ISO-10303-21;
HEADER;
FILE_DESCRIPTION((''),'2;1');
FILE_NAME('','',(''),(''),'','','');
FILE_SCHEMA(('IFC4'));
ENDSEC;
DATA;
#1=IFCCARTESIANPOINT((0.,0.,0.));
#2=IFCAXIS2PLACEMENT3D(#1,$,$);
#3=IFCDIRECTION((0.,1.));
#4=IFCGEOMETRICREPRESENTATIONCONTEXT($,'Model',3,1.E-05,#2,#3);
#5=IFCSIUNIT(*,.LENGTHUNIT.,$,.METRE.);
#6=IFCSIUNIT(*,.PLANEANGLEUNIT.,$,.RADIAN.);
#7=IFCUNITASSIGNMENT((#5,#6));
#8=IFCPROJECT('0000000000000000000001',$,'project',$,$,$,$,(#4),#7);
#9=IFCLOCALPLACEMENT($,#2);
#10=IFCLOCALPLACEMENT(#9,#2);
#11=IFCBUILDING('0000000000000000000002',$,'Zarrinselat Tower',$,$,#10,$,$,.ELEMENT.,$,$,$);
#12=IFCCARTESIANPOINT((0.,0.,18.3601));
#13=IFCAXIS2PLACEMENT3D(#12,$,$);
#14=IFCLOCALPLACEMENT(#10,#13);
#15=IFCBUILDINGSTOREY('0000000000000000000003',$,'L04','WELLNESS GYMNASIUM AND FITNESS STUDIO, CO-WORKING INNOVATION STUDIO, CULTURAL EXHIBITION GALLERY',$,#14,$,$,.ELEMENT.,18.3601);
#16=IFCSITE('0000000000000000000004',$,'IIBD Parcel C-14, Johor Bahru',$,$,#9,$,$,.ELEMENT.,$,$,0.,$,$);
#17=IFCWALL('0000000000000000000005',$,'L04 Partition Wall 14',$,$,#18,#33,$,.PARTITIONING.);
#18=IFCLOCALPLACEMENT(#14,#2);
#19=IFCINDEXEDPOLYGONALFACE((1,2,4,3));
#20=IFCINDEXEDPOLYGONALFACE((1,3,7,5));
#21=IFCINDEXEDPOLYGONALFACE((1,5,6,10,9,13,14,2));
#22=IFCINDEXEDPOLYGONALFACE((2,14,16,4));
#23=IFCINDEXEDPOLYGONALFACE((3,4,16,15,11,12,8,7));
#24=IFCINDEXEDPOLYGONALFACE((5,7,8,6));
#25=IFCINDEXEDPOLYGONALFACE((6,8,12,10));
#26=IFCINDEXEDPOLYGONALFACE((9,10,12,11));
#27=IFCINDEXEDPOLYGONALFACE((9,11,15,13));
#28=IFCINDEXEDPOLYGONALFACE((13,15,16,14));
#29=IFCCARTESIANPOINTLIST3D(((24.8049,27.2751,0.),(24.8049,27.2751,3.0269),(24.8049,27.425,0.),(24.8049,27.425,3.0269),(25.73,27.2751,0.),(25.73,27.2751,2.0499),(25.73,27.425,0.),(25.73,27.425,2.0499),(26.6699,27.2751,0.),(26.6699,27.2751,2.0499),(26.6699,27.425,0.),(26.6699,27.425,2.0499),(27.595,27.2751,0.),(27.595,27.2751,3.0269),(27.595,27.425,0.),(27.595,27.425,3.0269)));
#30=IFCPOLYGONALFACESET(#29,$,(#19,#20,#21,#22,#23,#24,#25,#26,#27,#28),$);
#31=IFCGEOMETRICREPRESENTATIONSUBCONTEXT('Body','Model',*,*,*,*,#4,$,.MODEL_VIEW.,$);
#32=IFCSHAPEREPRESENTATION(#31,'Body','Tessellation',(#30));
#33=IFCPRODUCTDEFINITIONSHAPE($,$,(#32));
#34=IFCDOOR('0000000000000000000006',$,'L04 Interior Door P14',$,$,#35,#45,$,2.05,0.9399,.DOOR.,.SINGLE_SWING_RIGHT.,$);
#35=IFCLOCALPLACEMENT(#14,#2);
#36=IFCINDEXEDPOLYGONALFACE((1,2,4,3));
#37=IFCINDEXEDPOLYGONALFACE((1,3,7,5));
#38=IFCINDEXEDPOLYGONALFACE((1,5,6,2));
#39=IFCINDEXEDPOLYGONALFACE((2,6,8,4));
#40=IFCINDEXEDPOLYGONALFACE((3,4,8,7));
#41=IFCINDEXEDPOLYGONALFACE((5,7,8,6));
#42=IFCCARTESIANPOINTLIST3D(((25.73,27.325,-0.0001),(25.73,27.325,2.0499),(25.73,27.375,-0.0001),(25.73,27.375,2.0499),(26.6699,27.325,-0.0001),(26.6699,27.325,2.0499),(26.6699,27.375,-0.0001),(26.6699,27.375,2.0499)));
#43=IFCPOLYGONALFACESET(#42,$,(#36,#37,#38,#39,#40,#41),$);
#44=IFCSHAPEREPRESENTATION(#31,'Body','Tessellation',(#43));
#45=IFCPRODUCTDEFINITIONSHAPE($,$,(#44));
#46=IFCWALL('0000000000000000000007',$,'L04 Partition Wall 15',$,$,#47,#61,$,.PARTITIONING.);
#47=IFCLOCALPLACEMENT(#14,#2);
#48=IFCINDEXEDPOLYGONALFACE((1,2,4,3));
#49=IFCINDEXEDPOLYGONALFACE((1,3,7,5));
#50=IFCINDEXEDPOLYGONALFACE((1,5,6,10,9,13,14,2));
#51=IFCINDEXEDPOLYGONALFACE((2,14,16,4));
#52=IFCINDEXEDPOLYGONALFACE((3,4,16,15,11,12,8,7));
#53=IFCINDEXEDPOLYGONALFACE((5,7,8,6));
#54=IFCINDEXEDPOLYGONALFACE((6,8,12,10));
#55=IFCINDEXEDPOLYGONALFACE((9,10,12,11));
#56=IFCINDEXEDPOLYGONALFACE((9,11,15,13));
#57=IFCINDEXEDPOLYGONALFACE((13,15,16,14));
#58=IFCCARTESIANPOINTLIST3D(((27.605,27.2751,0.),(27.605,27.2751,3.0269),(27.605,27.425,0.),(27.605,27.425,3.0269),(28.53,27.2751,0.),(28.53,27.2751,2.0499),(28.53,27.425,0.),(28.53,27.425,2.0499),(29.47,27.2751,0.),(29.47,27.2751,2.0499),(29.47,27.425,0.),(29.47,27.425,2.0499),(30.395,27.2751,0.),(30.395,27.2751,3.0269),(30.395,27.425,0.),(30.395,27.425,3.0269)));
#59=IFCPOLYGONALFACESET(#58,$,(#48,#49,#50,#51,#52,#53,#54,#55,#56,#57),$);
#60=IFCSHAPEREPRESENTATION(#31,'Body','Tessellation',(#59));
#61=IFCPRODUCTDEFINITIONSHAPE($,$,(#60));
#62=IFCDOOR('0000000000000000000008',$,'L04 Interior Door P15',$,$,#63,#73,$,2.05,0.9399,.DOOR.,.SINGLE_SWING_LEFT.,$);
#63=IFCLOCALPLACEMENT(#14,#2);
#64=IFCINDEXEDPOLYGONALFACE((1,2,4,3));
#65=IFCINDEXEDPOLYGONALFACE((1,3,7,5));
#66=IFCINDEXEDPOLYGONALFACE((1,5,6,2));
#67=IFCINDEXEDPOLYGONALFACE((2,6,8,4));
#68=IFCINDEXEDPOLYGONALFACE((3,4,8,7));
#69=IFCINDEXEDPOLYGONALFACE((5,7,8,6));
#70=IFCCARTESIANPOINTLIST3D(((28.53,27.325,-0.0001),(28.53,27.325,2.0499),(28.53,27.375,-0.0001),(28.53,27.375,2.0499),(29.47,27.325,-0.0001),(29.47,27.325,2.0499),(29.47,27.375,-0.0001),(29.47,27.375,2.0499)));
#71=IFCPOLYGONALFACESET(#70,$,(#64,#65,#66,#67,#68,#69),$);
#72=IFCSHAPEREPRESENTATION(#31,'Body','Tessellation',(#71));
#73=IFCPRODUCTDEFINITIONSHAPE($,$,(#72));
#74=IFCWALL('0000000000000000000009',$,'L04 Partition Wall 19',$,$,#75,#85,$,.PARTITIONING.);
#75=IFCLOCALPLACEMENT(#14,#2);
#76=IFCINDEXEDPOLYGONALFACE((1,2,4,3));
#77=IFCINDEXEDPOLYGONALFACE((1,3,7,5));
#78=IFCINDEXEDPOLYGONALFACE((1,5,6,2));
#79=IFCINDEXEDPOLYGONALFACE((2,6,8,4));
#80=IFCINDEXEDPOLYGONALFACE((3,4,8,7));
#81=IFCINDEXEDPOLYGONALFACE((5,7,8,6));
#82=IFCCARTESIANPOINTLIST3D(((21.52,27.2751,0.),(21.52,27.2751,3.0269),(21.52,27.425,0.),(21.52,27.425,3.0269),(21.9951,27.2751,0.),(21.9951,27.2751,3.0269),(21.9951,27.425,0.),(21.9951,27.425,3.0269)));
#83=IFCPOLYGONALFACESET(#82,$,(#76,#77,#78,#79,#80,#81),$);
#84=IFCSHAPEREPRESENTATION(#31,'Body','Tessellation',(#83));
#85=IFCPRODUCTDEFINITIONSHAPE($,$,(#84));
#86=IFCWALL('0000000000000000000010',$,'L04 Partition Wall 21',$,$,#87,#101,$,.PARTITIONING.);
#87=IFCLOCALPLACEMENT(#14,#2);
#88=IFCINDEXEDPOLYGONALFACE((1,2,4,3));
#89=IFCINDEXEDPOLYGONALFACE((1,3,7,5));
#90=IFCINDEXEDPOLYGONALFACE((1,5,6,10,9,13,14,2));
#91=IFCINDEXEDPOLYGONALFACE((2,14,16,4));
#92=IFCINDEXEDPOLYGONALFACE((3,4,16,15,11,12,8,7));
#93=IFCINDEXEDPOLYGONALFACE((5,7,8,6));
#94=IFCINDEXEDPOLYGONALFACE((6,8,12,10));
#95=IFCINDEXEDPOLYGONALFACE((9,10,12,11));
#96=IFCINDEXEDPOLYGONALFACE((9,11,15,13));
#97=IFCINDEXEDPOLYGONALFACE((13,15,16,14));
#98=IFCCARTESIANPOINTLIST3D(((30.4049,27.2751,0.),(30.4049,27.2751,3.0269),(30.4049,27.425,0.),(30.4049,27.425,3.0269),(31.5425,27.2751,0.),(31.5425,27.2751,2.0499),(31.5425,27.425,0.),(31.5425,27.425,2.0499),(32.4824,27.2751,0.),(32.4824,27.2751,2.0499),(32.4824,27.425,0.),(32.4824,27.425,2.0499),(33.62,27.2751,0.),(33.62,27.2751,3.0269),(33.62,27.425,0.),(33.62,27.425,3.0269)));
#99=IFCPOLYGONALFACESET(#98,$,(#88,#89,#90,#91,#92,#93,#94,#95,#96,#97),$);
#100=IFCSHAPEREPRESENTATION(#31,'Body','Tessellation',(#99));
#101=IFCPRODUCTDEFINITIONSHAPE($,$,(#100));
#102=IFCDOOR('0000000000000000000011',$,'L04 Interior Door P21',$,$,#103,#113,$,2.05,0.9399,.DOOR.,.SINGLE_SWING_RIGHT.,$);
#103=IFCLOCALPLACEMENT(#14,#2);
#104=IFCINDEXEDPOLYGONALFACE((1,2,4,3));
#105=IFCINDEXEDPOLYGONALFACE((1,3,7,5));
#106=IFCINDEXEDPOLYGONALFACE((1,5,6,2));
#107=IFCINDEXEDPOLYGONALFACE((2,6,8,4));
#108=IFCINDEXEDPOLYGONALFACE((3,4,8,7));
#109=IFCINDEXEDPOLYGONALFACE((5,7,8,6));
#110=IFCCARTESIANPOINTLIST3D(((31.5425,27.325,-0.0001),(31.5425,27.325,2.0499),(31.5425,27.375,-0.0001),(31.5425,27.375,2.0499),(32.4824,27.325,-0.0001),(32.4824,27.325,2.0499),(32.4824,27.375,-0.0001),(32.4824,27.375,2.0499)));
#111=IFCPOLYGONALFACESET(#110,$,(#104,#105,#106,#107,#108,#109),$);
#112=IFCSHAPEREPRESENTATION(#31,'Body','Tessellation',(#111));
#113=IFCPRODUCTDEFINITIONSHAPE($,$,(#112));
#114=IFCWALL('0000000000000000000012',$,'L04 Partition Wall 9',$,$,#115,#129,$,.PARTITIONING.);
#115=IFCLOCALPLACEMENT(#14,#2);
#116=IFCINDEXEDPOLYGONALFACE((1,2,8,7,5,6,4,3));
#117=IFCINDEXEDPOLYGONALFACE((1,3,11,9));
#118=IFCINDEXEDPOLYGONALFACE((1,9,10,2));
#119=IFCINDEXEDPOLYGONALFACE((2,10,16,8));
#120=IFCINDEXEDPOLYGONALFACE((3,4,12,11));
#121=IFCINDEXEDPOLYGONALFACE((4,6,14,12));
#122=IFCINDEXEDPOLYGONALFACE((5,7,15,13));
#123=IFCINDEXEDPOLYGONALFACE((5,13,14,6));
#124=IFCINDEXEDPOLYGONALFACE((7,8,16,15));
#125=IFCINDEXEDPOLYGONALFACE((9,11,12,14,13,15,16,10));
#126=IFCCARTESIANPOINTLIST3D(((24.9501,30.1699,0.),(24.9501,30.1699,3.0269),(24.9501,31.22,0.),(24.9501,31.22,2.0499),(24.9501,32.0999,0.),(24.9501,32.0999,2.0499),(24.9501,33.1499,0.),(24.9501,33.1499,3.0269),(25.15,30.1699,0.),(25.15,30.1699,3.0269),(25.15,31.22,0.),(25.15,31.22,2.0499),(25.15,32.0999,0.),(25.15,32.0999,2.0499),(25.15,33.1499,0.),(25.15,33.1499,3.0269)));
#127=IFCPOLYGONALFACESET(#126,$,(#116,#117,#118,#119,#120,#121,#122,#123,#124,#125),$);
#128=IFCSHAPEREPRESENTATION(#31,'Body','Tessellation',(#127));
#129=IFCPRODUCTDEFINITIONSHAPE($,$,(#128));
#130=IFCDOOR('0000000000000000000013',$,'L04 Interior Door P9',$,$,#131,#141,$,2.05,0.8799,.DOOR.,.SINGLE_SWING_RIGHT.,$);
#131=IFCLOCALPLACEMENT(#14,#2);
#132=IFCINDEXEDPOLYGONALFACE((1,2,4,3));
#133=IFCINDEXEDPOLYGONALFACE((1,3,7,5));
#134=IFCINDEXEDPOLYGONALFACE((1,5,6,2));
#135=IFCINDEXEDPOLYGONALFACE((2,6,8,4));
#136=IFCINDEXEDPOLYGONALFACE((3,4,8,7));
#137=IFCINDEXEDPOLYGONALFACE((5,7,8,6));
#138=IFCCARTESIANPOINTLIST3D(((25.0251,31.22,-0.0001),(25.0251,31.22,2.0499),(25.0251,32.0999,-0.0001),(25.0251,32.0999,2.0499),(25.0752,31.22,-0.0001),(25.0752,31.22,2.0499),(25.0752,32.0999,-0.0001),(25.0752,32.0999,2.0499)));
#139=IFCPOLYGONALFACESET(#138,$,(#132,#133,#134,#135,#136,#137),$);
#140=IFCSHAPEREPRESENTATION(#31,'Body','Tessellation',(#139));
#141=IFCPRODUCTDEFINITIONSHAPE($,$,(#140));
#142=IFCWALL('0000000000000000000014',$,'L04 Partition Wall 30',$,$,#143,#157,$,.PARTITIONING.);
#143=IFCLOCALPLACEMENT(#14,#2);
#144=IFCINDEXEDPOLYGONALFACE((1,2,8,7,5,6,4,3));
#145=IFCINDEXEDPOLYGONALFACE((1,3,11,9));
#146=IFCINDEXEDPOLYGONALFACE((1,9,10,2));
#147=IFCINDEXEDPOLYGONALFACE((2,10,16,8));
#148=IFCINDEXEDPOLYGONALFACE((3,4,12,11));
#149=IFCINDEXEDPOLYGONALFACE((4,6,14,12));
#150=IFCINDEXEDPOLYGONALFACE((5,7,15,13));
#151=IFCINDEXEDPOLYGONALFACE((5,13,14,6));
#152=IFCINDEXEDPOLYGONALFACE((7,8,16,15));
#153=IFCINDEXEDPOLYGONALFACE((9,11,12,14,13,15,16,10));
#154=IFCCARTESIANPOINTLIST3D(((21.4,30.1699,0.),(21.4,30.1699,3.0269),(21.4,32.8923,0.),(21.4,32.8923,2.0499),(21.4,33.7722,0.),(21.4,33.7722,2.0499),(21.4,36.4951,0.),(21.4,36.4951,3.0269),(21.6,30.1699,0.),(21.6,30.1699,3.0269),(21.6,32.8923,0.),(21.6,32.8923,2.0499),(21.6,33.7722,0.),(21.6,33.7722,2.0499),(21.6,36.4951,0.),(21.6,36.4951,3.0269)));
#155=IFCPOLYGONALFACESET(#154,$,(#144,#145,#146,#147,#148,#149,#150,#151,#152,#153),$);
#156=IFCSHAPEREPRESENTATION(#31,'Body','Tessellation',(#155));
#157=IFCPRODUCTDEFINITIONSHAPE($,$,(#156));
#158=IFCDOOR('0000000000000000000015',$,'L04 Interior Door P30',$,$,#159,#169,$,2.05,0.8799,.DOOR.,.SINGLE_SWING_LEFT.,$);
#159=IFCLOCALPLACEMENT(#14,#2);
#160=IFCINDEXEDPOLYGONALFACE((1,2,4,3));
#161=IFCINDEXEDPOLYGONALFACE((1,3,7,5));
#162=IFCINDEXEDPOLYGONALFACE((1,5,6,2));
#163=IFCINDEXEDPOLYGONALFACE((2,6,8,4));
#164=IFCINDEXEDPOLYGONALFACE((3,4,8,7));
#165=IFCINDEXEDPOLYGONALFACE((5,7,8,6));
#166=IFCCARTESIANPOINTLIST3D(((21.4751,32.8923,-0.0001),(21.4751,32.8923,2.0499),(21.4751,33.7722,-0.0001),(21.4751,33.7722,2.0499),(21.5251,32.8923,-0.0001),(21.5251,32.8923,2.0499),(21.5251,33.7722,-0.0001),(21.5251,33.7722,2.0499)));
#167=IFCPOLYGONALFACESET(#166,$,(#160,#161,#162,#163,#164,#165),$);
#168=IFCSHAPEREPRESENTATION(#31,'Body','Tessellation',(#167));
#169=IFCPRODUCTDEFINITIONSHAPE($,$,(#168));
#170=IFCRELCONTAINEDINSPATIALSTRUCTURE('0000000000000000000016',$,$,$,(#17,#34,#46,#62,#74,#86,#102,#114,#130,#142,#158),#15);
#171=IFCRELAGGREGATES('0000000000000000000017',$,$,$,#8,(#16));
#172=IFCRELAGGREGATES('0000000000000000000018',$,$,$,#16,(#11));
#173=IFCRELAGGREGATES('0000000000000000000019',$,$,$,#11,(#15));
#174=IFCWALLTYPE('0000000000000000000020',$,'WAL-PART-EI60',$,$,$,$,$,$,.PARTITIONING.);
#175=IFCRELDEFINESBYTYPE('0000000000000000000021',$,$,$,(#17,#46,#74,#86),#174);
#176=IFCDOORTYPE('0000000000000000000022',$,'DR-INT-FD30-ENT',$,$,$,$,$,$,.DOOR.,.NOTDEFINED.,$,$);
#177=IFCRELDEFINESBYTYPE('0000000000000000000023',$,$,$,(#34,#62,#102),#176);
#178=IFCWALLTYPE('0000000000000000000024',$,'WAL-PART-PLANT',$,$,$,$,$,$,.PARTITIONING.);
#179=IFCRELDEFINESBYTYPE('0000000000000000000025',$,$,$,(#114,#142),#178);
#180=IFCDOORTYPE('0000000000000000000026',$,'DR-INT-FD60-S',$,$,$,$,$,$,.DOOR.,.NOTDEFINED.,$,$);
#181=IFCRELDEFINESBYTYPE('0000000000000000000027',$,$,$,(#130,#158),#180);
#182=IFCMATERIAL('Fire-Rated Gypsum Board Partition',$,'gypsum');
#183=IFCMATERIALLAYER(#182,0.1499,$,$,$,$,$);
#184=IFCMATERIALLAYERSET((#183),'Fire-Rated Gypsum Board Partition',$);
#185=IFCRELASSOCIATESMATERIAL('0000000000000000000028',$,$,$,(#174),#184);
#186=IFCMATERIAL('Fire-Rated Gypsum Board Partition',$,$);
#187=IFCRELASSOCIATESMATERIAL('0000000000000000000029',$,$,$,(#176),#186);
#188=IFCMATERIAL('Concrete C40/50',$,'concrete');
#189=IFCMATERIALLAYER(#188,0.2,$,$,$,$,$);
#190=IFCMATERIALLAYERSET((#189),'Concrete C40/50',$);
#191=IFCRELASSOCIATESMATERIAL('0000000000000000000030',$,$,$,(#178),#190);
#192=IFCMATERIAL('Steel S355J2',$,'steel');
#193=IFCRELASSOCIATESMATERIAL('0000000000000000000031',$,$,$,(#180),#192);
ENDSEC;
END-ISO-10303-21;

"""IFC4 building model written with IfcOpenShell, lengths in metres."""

from ifc_helpers import new_model, si_unit, direction, frame, frame_2d, origin, place, context, subcontext, project, spatial, rectangle, extrude, material, layer, layer_set, type_object, element, fill, save


model = new_model("IFC4")

# Units and contexts
model_context = context("Model", 3, precision=1e-05, world=origin(), true_north=direction((0.0, 1.0)))
body_context = subcontext(model_context, "Body", "Model", "MODEL_VIEW")
ifc_project = project(units=[si_unit("LENGTHUNIT", "METRE"), si_unit("PLANEANGLEUNIT", "RADIAN")], contexts=[model_context])

# Site, building, storey
site_placement = place(None, origin())
site = spatial("IfcSite", under=ifc_project, at=site_placement, Name="IIBD Parcel C-14, Johor Bahru", CompositionType="ELEMENT", RefElevation=0.0)
building_placement = place(site_placement, origin())
building = spatial("IfcBuilding", under=site, at=building_placement, Name="Zarrinselat Tower", CompositionType="ELEMENT")
storey_placement = place(building_placement, frame((0.0, 0.0, 18.3601)))
storey = spatial("IfcBuildingStorey", under=building, at=storey_placement, Name="L04", Description="WELLNESS GYMNASIUM AND FITNESS STUDIO, CO-WORKING INNOVATION STUDIO, CULTURAL EXHIBITION GALLERY", CompositionType="ELEMENT", Elevation=18.3601)

# Shared definitions
ifc_material_1 = material(Name="Fire-Rated Gypsum Board Partition", Category="gypsum")
ifc_layer_1 = layer(ifc_material_1, 0.1499)
ifc_layer_set_1 = layer_set([ifc_layer_1], Name="Fire-Rated Gypsum Board Partition")
wall_type_1 = type_object("IfcWallType", Name="WAL-PART-EI60", PredefinedType="PARTITIONING", material=ifc_layer_set_1)
ifc_material_2 = material(Name="Fire-Rated Gypsum Board Partition")
door_type_1 = type_object("IfcDoorType", Name="DR-INT-FD30-ENT", OperationType="NOTDEFINED", PredefinedType="DOOR", material=ifc_material_2)

# Walls, openings, doors
wall_1_placement = place(storey_placement, frame((24.8049, 27.3501, 0.0), z_axis=(0.0, 0.0, 1.0), x_axis=(1.0, 0.0, 0.0)))
wall_1 = element("IfcWall", 1, at=wall_1_placement, inside=storey, type_object=wall_type_1, Name="L04 Partition Wall 14", PredefinedType="PARTITIONING", context=body_context, shape_type="SweptSolid", body=[
    extrude(rectangle(XDim=2.79, YDim=0.1499, at=frame_2d((1.395, 0.0))), origin(), (0.0, 0.0, 1.0), 3.0269),
])
opening_1_placement = place(wall_1_placement, frame((0.925, 0.0, 0.0)))
opening_1 = element("IfcOpeningElement", 2, at=opening_1_placement, cuts=wall_1, PredefinedType="OPENING", context=body_context, shape_type="SweptSolid", body=[
    extrude(rectangle(XDim=0.9399, YDim=2.05, at=frame_2d((0.47, 1.0249))), frame((0.0, 0.085, 0.0), z_axis=(0.0, -1.0, 0.0), x_axis=(1.0, 0.0, 0.0)), (0.0, 0.0, 1.0), 0.1699),
])
door_1_placement = place(opening_1_placement, origin())
door_1 = element("IfcDoor", 3, at=door_1_placement, inside=storey, type_object=door_type_1, Name="L04 Interior Door P14", OperationType="SINGLE_SWING_RIGHT", OverallHeight=2.05, OverallWidth=0.9399, PredefinedType="DOOR", context=body_context, shape_type="SweptSolid", body=[
    extrude(rectangle(XDim=0.9399, YDim=2.05, at=frame_2d((0.47, 1.0249))), frame((0.0, 0.0249, 0.0), z_axis=(0.0, -1.0, 0.0), x_axis=(1.0, 0.0, 0.0)), (0.0, 0.0, 1.0), 0.05),
])
fill(opening_1, door_1)
wall_2_placement = place(storey_placement, frame((27.605, 27.3501, 0.0), z_axis=(0.0, 0.0, 1.0), x_axis=(1.0, 0.0, 0.0)))
wall_2 = element("IfcWall", 4, at=wall_2_placement, inside=storey, type_object=wall_type_1, Name="L04 Partition Wall 15", PredefinedType="PARTITIONING", context=body_context, shape_type="SweptSolid", body=[
    extrude(rectangle(XDim=2.79, YDim=0.1499, at=frame_2d((1.395, 0.0))), origin(), (0.0, 0.0, 1.0), 3.0269),
])
opening_2_placement = place(wall_2_placement, frame((0.925, 0.0, 0.0)))
opening_2 = element("IfcOpeningElement", 5, at=opening_2_placement, cuts=wall_2, PredefinedType="OPENING", context=body_context, shape_type="SweptSolid", body=[
    extrude(rectangle(XDim=0.9399, YDim=2.05, at=frame_2d((0.47, 1.0249))), frame((0.0, 0.085, 0.0), z_axis=(0.0, -1.0, 0.0), x_axis=(1.0, 0.0, 0.0)), (0.0, 0.0, 1.0), 0.1699),
])
door_2_placement = place(opening_2_placement, origin())
door_2 = element("IfcDoor", 6, at=door_2_placement, inside=storey, type_object=door_type_1, Name="L04 Interior Door P15", OperationType="SINGLE_SWING_LEFT", OverallHeight=2.05, OverallWidth=0.9399, PredefinedType="DOOR", context=body_context, shape_type="SweptSolid", body=[
    extrude(rectangle(XDim=0.9399, YDim=2.05, at=frame_2d((0.47, 1.0249))), frame((0.0, 0.0249, 0.0), z_axis=(0.0, -1.0, 0.0), x_axis=(1.0, 0.0, 0.0)), (0.0, 0.0, 1.0), 0.05),
])
fill(opening_2, door_2)

# Wall
wall_3_placement = place(storey_placement, frame((21.52, 27.3501, 0.0), z_axis=(0.0, 0.0, 1.0), x_axis=(1.0, 0.0, 0.0)))
element("IfcWall", 7, at=wall_3_placement, inside=storey, type_object=wall_type_1, Name="L04 Partition Wall 19", PredefinedType="PARTITIONING", context=body_context, shape_type="SweptSolid", body=[
    extrude(rectangle(XDim=0.4751, YDim=0.1499, at=frame_2d((0.2375, 0.0))), origin(), (0.0, 0.0, 1.0), 3.0269),
])

# Walls, openings, doors
wall_4_placement = place(storey_placement, frame((30.405, 27.3501, 0.0), z_axis=(0.0, 0.0, 1.0), x_axis=(1.0, 0.0, 0.0)))
wall_4 = element("IfcWall", 8, at=wall_4_placement, inside=storey, type_object=wall_type_1, Name="L04 Partition Wall 21", PredefinedType="PARTITIONING", context=body_context, shape_type="SweptSolid", body=[
    extrude(rectangle(XDim=3.2151, YDim=0.1499, at=frame_2d((1.6074, 0.0))), origin(), (0.0, 0.0, 1.0), 3.0269),
])
opening_3_placement = place(wall_4_placement, frame((1.1375, 0.0, 0.0)))
opening_3 = element("IfcOpeningElement", 9, at=opening_3_placement, cuts=wall_4, PredefinedType="OPENING", context=body_context, shape_type="SweptSolid", body=[
    extrude(rectangle(XDim=0.9399, YDim=2.05, at=frame_2d((0.47, 1.0249))), frame((0.0, 0.085, 0.0), z_axis=(0.0, -1.0, 0.0), x_axis=(1.0, 0.0, 0.0)), (0.0, 0.0, 1.0), 0.1699),
])
door_3_placement = place(opening_3_placement, origin())
door_3 = element("IfcDoor", 10, at=door_3_placement, inside=storey, type_object=door_type_1, Name="L04 Interior Door P21", OperationType="SINGLE_SWING_RIGHT", OverallHeight=2.05, OverallWidth=0.9399, PredefinedType="DOOR", context=body_context, shape_type="SweptSolid", body=[
    extrude(rectangle(XDim=0.9399, YDim=2.05, at=frame_2d((0.47, 1.0249))), frame((0.0, 0.0249, 0.0), z_axis=(0.0, -1.0, 0.0), x_axis=(1.0, 0.0, 0.0)), (0.0, 0.0, 1.0), 0.05),
])
fill(opening_3, door_3)
ifc_material_3 = material(Name="Concrete C40/50", Category="concrete")
ifc_layer_2 = layer(ifc_material_3, 0.2)
ifc_layer_set_2 = layer_set([ifc_layer_2], Name="Concrete C40/50")
wall_type_2 = type_object("IfcWallType", Name="WAL-PART-PLANT", PredefinedType="PARTITIONING", material=ifc_layer_set_2)
wall_5_placement = place(storey_placement, frame((25.05, 30.1699, 0.0), z_axis=(0.0, 0.0, 1.0), x_axis=(0.0, 1.0, 0.0)))
wall_5 = element("IfcWall", 11, at=wall_5_placement, inside=storey, type_object=wall_type_2, Name="L04 Partition Wall 9", PredefinedType="PARTITIONING", context=body_context, shape_type="SweptSolid", body=[
    extrude(rectangle(XDim=2.98, YDim=0.2, at=frame_2d((1.49, 0.0))), origin(), (0.0, 0.0, 1.0), 3.0269),
])
opening_4_placement = place(wall_5_placement, frame((1.05, 0.0, 0.0)))
opening_4 = element("IfcOpeningElement", 12, at=opening_4_placement, cuts=wall_5, PredefinedType="OPENING", context=body_context, shape_type="SweptSolid", body=[
    extrude(rectangle(XDim=0.8799, YDim=2.05, at=frame_2d((0.4399, 1.0249))), frame((0.0, 0.1099, 0.0), z_axis=(0.0, -1.0, 0.0), x_axis=(1.0, 0.0, 0.0)), (0.0, 0.0, 1.0), 0.22),
])
ifc_material_4 = material(Name="Steel S355J2", Category="steel")
door_type_2 = type_object("IfcDoorType", Name="DR-INT-FD60-S", OperationType="NOTDEFINED", PredefinedType="DOOR", material=ifc_material_4)
door_4_placement = place(opening_4_placement, origin())
door_4 = element("IfcDoor", 13, at=door_4_placement, inside=storey, type_object=door_type_2, Name="L04 Interior Door P9", OperationType="SINGLE_SWING_RIGHT", OverallHeight=2.05, OverallWidth=0.8799, PredefinedType="DOOR", context=body_context, shape_type="SweptSolid", body=[
    extrude(rectangle(XDim=0.8799, YDim=2.05, at=frame_2d((0.4399, 1.0249))), frame((0.0, 0.0249, 0.0), z_axis=(0.0, -1.0, 0.0), x_axis=(1.0, 0.0, 0.0)), (0.0, 0.0, 1.0), 0.05),
])
fill(opening_4, door_4)
wall_6_placement = place(storey_placement, frame((21.5, 30.1699, 0.0), z_axis=(0.0, 0.0, 1.0), x_axis=(0.0, 1.0, 0.0)))
wall_6 = element("IfcWall", 14, at=wall_6_placement, inside=storey, type_object=wall_type_2, Name="L04 Partition Wall 30", PredefinedType="PARTITIONING", context=body_context, shape_type="SweptSolid", body=[
    extrude(rectangle(XDim=6.3252, YDim=0.2, at=frame_2d((3.1626, 0.0))), origin(), (0.0, 0.0, 1.0), 3.0269),
])
opening_5_placement = place(wall_6_placement, frame((2.7224, 0.0, 0.0)))
opening_5 = element("IfcOpeningElement", 15, at=opening_5_placement, cuts=wall_6, PredefinedType="OPENING", context=body_context, shape_type="SweptSolid", body=[
    extrude(rectangle(XDim=0.8799, YDim=2.05, at=frame_2d((0.4399, 1.0249))), frame((0.0, 0.1099, 0.0), z_axis=(0.0, -1.0, 0.0), x_axis=(1.0, 0.0, 0.0)), (0.0, 0.0, 1.0), 0.22),
])
door_5_placement = place(opening_5_placement, origin())
door_5 = element("IfcDoor", 16, at=door_5_placement, inside=storey, type_object=door_type_2, Name="L04 Interior Door P30", OperationType="SINGLE_SWING_LEFT", OverallHeight=2.05, OverallWidth=0.8799, PredefinedType="DOOR", context=body_context, shape_type="SweptSolid", body=[
    extrude(rectangle(XDim=0.8799, YDim=2.05, at=frame_2d((0.4399, 1.0249))), frame((0.0, 0.0249, 0.0), z_axis=(0.0, -1.0, 0.0), x_axis=(1.0, 0.0, 0.0)), (0.0, 0.0, 1.0), 0.05),
])
fill(opening_5, door_5)

save(model, "model.ifc")
